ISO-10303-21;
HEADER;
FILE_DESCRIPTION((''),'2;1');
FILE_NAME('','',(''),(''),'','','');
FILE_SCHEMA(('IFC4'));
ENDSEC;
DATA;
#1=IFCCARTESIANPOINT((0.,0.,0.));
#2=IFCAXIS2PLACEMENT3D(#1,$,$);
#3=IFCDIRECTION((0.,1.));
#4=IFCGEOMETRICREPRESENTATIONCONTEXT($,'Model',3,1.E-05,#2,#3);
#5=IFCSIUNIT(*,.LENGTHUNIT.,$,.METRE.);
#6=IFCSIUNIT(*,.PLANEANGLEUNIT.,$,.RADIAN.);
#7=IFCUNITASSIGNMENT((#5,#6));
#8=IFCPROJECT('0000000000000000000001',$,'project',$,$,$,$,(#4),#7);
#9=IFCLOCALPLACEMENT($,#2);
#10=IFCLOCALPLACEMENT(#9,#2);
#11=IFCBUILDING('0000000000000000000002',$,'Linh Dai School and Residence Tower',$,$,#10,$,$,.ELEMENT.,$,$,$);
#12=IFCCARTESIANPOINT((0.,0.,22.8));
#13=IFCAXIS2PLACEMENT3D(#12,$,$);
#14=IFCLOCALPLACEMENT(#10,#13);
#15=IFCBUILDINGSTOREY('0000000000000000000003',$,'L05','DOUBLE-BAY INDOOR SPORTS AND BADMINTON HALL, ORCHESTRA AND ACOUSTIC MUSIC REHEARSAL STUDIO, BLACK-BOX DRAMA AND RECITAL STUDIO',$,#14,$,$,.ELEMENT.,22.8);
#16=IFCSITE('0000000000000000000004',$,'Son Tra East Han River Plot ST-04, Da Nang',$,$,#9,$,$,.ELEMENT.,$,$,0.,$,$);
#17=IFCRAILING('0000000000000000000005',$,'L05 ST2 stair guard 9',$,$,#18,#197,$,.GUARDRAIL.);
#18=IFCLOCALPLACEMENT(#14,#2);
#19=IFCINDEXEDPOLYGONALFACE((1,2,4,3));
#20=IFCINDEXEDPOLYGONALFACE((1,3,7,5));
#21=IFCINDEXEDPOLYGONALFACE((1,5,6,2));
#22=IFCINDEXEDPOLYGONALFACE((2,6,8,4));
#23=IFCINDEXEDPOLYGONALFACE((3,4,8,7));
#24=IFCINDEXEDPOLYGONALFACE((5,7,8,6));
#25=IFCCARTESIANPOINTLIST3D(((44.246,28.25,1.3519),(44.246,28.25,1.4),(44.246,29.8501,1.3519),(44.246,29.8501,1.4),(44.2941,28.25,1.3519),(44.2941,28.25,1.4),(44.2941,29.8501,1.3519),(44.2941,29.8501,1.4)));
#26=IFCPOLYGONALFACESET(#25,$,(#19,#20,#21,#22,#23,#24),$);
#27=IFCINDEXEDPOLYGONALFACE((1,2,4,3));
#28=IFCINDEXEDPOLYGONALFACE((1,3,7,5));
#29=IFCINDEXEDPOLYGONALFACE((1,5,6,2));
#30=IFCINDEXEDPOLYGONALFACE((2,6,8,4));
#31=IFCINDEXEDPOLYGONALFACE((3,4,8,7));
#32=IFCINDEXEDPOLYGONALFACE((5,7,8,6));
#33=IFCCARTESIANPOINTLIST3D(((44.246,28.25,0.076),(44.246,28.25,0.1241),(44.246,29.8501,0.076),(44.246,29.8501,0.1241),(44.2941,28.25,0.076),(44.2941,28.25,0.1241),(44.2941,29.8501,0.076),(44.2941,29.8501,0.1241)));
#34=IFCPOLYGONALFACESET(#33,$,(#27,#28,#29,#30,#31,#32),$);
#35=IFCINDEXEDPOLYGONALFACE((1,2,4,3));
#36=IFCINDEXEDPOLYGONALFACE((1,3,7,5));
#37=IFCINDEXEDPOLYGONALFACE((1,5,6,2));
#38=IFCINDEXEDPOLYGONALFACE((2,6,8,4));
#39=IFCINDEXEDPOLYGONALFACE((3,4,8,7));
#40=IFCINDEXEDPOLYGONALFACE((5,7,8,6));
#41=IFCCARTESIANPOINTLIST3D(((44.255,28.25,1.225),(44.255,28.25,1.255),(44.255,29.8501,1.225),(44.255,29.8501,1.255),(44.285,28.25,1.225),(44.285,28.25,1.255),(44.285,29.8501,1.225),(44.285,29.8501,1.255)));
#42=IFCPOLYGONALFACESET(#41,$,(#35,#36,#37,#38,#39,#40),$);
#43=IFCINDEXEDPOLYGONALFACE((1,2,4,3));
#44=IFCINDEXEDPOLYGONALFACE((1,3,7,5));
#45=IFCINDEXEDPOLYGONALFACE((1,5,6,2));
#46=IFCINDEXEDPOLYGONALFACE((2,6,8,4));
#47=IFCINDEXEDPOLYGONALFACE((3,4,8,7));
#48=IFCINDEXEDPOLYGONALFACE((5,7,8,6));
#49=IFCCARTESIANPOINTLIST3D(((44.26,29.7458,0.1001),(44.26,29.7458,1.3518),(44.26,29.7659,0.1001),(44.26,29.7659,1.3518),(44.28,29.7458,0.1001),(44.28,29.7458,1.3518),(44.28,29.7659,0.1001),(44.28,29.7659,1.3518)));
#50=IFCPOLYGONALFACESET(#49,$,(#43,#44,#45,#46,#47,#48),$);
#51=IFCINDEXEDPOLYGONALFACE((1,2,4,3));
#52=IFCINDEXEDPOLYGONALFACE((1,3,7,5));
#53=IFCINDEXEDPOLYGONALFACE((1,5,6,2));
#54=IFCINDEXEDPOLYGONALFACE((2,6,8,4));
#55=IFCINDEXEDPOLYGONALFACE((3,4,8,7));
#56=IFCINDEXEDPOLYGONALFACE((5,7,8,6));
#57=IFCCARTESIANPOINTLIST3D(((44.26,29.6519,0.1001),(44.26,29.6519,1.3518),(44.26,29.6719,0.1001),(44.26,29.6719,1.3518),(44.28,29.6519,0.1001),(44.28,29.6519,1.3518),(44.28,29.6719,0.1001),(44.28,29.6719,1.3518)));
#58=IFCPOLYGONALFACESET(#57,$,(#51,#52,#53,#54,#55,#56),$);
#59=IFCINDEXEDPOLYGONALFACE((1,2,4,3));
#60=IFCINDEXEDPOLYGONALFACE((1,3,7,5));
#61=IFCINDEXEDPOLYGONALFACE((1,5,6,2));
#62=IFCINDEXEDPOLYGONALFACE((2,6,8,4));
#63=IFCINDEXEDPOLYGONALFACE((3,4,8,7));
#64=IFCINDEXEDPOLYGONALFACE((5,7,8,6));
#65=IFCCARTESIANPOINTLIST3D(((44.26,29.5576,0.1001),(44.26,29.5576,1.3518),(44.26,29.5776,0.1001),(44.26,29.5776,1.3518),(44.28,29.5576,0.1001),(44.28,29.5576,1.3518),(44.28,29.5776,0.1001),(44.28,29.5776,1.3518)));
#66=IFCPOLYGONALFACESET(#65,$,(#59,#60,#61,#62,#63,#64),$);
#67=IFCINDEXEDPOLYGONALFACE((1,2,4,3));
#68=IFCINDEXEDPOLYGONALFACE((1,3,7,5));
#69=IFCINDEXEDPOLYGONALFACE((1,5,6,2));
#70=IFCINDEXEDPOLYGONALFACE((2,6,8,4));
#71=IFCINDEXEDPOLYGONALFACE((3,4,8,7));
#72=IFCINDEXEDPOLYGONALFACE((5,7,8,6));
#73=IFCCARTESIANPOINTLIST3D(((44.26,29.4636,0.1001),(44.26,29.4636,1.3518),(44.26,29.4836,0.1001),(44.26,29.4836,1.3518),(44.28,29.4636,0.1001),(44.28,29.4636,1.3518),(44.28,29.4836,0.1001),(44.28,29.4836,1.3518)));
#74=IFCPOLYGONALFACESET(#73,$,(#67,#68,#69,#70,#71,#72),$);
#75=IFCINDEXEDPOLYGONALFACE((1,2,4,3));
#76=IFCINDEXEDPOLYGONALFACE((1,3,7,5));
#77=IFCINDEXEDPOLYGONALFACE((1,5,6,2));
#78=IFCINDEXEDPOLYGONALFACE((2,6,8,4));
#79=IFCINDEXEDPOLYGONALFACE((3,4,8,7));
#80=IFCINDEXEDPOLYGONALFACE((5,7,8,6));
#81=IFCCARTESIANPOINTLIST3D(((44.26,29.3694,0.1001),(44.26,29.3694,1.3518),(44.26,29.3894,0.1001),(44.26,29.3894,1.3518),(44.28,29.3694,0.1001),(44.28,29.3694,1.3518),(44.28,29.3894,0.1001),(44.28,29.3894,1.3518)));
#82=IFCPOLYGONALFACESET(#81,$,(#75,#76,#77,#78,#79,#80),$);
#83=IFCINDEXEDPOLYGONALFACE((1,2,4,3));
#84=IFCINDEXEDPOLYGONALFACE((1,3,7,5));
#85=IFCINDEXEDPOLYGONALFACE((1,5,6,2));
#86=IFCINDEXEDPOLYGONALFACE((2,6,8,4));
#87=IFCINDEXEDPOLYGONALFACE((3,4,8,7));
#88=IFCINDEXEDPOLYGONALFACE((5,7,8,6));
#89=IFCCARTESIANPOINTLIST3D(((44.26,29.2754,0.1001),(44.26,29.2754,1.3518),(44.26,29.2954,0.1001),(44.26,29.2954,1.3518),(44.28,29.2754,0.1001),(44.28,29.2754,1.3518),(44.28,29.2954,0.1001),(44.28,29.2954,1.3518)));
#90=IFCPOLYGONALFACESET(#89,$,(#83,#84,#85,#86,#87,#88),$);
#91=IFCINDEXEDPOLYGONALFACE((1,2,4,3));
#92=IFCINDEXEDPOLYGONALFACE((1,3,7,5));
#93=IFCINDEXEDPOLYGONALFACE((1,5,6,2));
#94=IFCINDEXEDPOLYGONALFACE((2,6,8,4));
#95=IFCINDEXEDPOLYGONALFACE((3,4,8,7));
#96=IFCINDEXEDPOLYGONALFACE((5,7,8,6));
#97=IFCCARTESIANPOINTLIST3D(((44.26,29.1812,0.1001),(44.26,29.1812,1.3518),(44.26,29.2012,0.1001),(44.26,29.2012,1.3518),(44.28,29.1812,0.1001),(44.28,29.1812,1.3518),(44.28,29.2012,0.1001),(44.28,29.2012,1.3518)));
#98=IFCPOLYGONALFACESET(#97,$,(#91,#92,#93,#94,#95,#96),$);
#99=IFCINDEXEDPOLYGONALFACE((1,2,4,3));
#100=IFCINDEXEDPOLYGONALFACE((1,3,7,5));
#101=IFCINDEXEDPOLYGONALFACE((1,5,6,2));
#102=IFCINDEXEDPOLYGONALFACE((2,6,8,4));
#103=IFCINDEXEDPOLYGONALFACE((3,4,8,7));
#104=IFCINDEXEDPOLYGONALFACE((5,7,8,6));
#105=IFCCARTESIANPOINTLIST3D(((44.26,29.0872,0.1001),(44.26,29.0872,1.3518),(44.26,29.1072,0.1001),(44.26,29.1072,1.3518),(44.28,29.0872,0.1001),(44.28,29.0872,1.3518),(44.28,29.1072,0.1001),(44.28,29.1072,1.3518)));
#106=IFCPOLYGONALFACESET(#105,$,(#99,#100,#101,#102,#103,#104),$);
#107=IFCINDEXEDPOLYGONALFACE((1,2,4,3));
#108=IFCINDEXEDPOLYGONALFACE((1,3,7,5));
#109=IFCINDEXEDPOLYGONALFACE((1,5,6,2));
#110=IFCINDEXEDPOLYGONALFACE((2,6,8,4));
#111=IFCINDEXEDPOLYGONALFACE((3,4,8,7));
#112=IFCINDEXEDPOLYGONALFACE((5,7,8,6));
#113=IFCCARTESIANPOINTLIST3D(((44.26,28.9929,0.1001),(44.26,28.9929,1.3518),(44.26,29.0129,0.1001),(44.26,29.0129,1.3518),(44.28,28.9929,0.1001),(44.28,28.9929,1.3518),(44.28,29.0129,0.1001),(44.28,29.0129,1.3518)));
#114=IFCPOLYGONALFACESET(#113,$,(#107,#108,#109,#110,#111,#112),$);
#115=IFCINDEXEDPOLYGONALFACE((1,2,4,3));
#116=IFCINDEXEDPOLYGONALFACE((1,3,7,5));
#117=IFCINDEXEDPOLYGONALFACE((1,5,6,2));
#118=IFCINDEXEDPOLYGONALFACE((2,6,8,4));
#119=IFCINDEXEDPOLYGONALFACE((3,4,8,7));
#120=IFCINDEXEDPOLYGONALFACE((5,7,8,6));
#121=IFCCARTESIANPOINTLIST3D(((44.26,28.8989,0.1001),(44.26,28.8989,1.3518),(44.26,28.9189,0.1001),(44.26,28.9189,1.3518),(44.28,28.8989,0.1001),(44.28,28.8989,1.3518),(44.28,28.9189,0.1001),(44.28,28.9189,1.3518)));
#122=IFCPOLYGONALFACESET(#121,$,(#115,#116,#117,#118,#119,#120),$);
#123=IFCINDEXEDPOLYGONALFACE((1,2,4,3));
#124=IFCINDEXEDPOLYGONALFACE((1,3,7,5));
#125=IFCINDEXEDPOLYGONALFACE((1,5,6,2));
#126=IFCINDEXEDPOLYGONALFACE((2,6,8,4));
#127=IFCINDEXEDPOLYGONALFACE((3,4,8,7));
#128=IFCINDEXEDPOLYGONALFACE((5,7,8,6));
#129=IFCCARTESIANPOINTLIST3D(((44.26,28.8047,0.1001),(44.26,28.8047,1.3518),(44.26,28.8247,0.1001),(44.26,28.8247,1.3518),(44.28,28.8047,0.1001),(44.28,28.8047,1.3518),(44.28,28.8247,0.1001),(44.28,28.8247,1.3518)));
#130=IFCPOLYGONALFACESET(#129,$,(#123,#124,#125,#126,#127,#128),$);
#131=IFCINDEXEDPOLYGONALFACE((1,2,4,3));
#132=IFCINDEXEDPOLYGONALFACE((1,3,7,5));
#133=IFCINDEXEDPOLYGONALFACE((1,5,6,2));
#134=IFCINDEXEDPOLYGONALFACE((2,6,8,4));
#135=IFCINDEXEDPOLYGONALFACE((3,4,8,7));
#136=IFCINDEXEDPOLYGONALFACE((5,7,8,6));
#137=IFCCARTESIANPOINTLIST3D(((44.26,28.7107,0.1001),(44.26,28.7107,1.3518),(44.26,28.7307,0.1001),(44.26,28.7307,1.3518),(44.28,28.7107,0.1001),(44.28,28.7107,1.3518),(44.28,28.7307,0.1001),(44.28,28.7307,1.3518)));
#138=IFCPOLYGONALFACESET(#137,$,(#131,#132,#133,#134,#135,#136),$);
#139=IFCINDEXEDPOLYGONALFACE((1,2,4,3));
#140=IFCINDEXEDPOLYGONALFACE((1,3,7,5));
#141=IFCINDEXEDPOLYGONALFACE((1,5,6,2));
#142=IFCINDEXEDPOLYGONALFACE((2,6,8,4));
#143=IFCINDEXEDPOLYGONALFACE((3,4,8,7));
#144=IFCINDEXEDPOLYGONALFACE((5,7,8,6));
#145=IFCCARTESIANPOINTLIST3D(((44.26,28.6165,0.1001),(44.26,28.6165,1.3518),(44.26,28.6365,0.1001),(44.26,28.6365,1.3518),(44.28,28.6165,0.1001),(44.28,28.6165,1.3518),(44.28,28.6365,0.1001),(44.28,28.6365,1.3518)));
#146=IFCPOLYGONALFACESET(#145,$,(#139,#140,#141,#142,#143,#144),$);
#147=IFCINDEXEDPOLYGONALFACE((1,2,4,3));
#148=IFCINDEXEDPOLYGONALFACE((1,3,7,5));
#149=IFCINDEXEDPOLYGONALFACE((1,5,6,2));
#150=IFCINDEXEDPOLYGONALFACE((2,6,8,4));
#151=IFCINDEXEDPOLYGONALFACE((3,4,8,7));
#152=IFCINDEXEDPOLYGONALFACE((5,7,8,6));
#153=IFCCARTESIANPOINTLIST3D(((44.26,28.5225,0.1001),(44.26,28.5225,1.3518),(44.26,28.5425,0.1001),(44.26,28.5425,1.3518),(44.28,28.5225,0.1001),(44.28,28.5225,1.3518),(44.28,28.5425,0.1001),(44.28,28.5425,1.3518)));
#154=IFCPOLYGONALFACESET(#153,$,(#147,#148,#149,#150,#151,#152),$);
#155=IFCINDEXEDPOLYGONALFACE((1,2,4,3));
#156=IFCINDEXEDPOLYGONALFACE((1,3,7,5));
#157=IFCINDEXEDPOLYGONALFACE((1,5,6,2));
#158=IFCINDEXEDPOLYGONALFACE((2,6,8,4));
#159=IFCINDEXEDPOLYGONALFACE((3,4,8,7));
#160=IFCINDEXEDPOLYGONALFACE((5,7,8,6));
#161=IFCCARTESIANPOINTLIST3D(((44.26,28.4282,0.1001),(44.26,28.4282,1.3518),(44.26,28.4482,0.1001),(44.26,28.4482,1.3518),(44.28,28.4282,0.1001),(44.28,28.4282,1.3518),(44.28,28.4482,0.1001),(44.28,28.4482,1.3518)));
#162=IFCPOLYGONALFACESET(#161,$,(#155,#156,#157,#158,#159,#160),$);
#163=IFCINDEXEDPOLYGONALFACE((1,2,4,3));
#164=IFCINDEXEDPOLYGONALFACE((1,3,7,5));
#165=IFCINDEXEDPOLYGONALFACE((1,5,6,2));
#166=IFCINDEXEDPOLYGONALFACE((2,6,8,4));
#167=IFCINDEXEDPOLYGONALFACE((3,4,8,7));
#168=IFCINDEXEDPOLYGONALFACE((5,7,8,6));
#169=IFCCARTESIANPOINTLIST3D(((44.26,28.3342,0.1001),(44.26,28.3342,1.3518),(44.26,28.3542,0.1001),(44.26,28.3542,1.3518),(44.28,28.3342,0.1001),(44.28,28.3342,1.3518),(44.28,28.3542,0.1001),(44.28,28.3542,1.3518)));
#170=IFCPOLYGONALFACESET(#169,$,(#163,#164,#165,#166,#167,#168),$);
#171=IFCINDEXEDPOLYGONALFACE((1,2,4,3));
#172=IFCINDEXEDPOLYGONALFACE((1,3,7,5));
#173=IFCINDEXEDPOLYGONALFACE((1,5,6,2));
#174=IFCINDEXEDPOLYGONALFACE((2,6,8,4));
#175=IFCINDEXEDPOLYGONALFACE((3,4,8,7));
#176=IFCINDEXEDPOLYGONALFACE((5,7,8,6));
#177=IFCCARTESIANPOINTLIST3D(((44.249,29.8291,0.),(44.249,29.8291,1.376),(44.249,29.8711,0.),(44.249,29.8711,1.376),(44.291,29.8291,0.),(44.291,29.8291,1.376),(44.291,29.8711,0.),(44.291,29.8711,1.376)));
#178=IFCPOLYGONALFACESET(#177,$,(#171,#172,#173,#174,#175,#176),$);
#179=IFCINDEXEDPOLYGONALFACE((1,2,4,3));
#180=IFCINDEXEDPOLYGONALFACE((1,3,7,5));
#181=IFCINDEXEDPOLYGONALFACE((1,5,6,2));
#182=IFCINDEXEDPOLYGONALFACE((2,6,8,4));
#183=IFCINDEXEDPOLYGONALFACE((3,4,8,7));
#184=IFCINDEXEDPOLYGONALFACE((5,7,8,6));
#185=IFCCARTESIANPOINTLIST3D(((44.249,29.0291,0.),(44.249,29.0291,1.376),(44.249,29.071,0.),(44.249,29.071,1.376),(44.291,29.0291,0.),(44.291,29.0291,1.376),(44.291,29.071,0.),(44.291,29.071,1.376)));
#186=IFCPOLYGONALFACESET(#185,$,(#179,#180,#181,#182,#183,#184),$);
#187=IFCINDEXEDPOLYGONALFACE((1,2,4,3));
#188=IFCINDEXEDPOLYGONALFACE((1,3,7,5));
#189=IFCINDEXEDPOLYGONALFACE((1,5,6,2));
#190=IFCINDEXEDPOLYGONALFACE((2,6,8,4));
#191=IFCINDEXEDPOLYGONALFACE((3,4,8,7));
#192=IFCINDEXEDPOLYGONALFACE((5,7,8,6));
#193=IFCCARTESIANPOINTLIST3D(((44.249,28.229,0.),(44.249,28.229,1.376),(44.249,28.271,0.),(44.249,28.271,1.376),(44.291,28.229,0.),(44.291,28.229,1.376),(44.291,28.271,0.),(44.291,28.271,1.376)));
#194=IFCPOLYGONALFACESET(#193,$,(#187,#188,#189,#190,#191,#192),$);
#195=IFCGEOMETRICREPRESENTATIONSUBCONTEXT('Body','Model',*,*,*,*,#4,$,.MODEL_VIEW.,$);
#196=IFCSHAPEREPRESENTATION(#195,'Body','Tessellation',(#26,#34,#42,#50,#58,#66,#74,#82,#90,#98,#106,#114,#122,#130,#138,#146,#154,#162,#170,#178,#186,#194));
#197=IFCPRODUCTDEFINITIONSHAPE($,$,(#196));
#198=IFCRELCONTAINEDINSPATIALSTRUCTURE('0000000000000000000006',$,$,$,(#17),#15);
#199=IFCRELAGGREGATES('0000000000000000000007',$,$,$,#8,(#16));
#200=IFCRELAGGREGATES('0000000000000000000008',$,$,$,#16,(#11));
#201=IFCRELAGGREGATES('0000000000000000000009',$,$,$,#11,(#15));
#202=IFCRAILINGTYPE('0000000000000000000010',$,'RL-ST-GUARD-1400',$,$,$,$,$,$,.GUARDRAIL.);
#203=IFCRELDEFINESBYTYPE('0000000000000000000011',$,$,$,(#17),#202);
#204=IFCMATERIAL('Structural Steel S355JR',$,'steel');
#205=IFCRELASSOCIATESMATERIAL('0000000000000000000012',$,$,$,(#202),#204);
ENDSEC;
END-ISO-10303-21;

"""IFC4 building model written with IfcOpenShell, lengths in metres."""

from ifc_helpers import new_model, si_unit, direction, frame, origin, origin_2d, place, context, subcontext, project, spatial, rectangle, extrude, source, transform, mapped, material, type_object, element, save


model = new_model("IFC4")

# Units and contexts
model_context = context("Model", 3, precision=1e-05, world=origin(), true_north=direction((0.0, 1.0)))
body_context = subcontext(model_context, "Body", "Model", "MODEL_VIEW")
ifc_project = project(units=[si_unit("LENGTHUNIT", "METRE"), si_unit("PLANEANGLEUNIT", "RADIAN")], contexts=[model_context])

# Site, building, storey
site_placement = place(None, origin())
site = spatial("IfcSite", under=ifc_project, at=site_placement, Name="Son Tra East Han River Plot ST-04, Da Nang", CompositionType="ELEMENT", RefElevation=0.0)
building_placement = place(site_placement, origin())
building = spatial("IfcBuilding", under=site, at=building_placement, Name="Linh Dai School and Residence Tower", CompositionType="ELEMENT")
storey_placement = place(building_placement, frame((0.0, 0.0, 22.8)))
storey = spatial("IfcBuildingStorey", under=building, at=storey_placement, Name="L05", Description="DOUBLE-BAY INDOOR SPORTS AND BADMINTON HALL, ORCHESTRA AND ACOUSTIC MUSIC REHEARSAL STUDIO, BLACK-BOX DRAMA AND RECITAL STUDIO", CompositionType="ELEMENT", Elevation=22.8)

# Shared definitions
ifc_material_1 = material(Name="Structural Steel S355JR", Category="steel")

# Railing
railing_type_1 = type_object("IfcRailingType", Name="RL-ST-GUARD-1400", PredefinedType="GUARDRAIL", material=ifc_material_1)
shared_shape_1 = source(origin(), body_context, "Body", "SweptSolid", [
    extrude(rectangle(XDim=0.0481, YDim=0.0481, at=origin_2d()), frame((0.0, 0.0, 1.376), z_axis=(0.0, -1.0, 0.0), x_axis=(1.0, 0.0, 0.0)), (0.0, 0.0, 1.0), 1.6001),
    extrude(rectangle(XDim=0.0481, YDim=0.0481, at=origin_2d()), frame((0.0, 0.0, 0.1001), z_axis=(0.0, -1.0, 0.0), x_axis=(1.0, 0.0, 0.0)), (0.0, 0.0, 1.0), 1.6001),
    extrude(rectangle(XDim=0.03, YDim=0.03, at=origin_2d()), frame((0.0, 0.0, 1.24), z_axis=(0.0, -1.0, 0.0), x_axis=(1.0, 0.0, 0.0)), (0.0, 0.0, 1.0), 1.6001),
    extrude(rectangle(XDim=0.02, YDim=0.02, at=origin_2d()), frame((0.0, -0.0942, 0.1001)), (0.0, 0.0, 1.0), 1.2517),
    extrude(rectangle(XDim=0.02, YDim=0.02, at=origin_2d()), frame((0.0, -0.1882, 0.1001)), (0.0, 0.0, 1.0), 1.2517),
    extrude(rectangle(XDim=0.02, YDim=0.02, at=origin_2d()), frame((0.0, -0.2825, 0.1001)), (0.0, 0.0, 1.0), 1.2517),
    extrude(rectangle(XDim=0.02, YDim=0.02, at=origin_2d()), frame((0.0, -0.3765, 0.1001)), (0.0, 0.0, 1.0), 1.2517),
    extrude(rectangle(XDim=0.02, YDim=0.02, at=origin_2d()), frame((0.0, -0.4707, 0.1001)), (0.0, 0.0, 1.0), 1.2517),
    extrude(rectangle(XDim=0.02, YDim=0.02, at=origin_2d()), frame((0.0, -0.5647, 0.1001)), (0.0, 0.0, 1.0), 1.2517),
    extrude(rectangle(XDim=0.02, YDim=0.02, at=origin_2d()), frame((0.0, -0.6589, 0.1001)), (0.0, 0.0, 1.0), 1.2517),
    extrude(rectangle(XDim=0.02, YDim=0.02, at=origin_2d()), frame((0.0, -0.7529, 0.1001)), (0.0, 0.0, 1.0), 1.2517),
    extrude(rectangle(XDim=0.02, YDim=0.02, at=origin_2d()), frame((0.0, -0.8472, 0.1001)), (0.0, 0.0, 1.0), 1.2517),
    extrude(rectangle(XDim=0.02, YDim=0.02, at=origin_2d()), frame((0.0, -0.9412, 0.1001)), (0.0, 0.0, 1.0), 1.2517),
    extrude(rectangle(XDim=0.02, YDim=0.02, at=origin_2d()), frame((0.0, -1.0354, 0.1001)), (0.0, 0.0, 1.0), 1.2517),
    extrude(rectangle(XDim=0.02, YDim=0.02, at=origin_2d()), frame((0.0, -1.1294, 0.1001)), (0.0, 0.0, 1.0), 1.2517),
    extrude(rectangle(XDim=0.02, YDim=0.02, at=origin_2d()), frame((0.0, -1.2236, 0.1001)), (0.0, 0.0, 1.0), 1.2517),
    extrude(rectangle(XDim=0.02, YDim=0.02, at=origin_2d()), frame((0.0, -1.3176, 0.1001)), (0.0, 0.0, 1.0), 1.2517),
    extrude(rectangle(XDim=0.02, YDim=0.02, at=origin_2d()), frame((0.0, -1.4119, 0.1001)), (0.0, 0.0, 1.0), 1.2517),
    extrude(rectangle(XDim=0.02, YDim=0.02, at=origin_2d()), frame((0.0, -1.5059, 0.1001)), (0.0, 0.0, 1.0), 1.2517),
    extrude(rectangle(XDim=0.042, YDim=0.042, at=origin_2d()), origin(), (0.0, 0.0, 1.0), 1.376),
    extrude(rectangle(XDim=0.042, YDim=0.042, at=origin_2d()), frame((0.0, -0.8, 0.0)), (0.0, 0.0, 1.0), 1.376),
    extrude(rectangle(XDim=0.042, YDim=0.042, at=origin_2d()), frame((0.0, -1.6001, 0.0)), (0.0, 0.0, 1.0), 1.376),
])
for number, where, name in (
    (1, (44.27, 29.8501, 0.0), "L05 ST2 stair guard 9"),
):
    element("IfcRailing", number, at=place(storey_placement, frame(where)), inside=storey, type_object=railing_type_1, Name=name, PredefinedType="GUARDRAIL", context=body_context, shape_type="MappedRepresentation", body=[
        mapped(shared_shape_1, transform((0.0, 0.0, 0.0), x_axis=(1.0, 0.0, 0.0), y_axis=(0.0, 1.0, 0.0), z_axis=(0.0, 0.0, 1.0), scale=1.0)),
    ])

save(model, "model.ifc")
